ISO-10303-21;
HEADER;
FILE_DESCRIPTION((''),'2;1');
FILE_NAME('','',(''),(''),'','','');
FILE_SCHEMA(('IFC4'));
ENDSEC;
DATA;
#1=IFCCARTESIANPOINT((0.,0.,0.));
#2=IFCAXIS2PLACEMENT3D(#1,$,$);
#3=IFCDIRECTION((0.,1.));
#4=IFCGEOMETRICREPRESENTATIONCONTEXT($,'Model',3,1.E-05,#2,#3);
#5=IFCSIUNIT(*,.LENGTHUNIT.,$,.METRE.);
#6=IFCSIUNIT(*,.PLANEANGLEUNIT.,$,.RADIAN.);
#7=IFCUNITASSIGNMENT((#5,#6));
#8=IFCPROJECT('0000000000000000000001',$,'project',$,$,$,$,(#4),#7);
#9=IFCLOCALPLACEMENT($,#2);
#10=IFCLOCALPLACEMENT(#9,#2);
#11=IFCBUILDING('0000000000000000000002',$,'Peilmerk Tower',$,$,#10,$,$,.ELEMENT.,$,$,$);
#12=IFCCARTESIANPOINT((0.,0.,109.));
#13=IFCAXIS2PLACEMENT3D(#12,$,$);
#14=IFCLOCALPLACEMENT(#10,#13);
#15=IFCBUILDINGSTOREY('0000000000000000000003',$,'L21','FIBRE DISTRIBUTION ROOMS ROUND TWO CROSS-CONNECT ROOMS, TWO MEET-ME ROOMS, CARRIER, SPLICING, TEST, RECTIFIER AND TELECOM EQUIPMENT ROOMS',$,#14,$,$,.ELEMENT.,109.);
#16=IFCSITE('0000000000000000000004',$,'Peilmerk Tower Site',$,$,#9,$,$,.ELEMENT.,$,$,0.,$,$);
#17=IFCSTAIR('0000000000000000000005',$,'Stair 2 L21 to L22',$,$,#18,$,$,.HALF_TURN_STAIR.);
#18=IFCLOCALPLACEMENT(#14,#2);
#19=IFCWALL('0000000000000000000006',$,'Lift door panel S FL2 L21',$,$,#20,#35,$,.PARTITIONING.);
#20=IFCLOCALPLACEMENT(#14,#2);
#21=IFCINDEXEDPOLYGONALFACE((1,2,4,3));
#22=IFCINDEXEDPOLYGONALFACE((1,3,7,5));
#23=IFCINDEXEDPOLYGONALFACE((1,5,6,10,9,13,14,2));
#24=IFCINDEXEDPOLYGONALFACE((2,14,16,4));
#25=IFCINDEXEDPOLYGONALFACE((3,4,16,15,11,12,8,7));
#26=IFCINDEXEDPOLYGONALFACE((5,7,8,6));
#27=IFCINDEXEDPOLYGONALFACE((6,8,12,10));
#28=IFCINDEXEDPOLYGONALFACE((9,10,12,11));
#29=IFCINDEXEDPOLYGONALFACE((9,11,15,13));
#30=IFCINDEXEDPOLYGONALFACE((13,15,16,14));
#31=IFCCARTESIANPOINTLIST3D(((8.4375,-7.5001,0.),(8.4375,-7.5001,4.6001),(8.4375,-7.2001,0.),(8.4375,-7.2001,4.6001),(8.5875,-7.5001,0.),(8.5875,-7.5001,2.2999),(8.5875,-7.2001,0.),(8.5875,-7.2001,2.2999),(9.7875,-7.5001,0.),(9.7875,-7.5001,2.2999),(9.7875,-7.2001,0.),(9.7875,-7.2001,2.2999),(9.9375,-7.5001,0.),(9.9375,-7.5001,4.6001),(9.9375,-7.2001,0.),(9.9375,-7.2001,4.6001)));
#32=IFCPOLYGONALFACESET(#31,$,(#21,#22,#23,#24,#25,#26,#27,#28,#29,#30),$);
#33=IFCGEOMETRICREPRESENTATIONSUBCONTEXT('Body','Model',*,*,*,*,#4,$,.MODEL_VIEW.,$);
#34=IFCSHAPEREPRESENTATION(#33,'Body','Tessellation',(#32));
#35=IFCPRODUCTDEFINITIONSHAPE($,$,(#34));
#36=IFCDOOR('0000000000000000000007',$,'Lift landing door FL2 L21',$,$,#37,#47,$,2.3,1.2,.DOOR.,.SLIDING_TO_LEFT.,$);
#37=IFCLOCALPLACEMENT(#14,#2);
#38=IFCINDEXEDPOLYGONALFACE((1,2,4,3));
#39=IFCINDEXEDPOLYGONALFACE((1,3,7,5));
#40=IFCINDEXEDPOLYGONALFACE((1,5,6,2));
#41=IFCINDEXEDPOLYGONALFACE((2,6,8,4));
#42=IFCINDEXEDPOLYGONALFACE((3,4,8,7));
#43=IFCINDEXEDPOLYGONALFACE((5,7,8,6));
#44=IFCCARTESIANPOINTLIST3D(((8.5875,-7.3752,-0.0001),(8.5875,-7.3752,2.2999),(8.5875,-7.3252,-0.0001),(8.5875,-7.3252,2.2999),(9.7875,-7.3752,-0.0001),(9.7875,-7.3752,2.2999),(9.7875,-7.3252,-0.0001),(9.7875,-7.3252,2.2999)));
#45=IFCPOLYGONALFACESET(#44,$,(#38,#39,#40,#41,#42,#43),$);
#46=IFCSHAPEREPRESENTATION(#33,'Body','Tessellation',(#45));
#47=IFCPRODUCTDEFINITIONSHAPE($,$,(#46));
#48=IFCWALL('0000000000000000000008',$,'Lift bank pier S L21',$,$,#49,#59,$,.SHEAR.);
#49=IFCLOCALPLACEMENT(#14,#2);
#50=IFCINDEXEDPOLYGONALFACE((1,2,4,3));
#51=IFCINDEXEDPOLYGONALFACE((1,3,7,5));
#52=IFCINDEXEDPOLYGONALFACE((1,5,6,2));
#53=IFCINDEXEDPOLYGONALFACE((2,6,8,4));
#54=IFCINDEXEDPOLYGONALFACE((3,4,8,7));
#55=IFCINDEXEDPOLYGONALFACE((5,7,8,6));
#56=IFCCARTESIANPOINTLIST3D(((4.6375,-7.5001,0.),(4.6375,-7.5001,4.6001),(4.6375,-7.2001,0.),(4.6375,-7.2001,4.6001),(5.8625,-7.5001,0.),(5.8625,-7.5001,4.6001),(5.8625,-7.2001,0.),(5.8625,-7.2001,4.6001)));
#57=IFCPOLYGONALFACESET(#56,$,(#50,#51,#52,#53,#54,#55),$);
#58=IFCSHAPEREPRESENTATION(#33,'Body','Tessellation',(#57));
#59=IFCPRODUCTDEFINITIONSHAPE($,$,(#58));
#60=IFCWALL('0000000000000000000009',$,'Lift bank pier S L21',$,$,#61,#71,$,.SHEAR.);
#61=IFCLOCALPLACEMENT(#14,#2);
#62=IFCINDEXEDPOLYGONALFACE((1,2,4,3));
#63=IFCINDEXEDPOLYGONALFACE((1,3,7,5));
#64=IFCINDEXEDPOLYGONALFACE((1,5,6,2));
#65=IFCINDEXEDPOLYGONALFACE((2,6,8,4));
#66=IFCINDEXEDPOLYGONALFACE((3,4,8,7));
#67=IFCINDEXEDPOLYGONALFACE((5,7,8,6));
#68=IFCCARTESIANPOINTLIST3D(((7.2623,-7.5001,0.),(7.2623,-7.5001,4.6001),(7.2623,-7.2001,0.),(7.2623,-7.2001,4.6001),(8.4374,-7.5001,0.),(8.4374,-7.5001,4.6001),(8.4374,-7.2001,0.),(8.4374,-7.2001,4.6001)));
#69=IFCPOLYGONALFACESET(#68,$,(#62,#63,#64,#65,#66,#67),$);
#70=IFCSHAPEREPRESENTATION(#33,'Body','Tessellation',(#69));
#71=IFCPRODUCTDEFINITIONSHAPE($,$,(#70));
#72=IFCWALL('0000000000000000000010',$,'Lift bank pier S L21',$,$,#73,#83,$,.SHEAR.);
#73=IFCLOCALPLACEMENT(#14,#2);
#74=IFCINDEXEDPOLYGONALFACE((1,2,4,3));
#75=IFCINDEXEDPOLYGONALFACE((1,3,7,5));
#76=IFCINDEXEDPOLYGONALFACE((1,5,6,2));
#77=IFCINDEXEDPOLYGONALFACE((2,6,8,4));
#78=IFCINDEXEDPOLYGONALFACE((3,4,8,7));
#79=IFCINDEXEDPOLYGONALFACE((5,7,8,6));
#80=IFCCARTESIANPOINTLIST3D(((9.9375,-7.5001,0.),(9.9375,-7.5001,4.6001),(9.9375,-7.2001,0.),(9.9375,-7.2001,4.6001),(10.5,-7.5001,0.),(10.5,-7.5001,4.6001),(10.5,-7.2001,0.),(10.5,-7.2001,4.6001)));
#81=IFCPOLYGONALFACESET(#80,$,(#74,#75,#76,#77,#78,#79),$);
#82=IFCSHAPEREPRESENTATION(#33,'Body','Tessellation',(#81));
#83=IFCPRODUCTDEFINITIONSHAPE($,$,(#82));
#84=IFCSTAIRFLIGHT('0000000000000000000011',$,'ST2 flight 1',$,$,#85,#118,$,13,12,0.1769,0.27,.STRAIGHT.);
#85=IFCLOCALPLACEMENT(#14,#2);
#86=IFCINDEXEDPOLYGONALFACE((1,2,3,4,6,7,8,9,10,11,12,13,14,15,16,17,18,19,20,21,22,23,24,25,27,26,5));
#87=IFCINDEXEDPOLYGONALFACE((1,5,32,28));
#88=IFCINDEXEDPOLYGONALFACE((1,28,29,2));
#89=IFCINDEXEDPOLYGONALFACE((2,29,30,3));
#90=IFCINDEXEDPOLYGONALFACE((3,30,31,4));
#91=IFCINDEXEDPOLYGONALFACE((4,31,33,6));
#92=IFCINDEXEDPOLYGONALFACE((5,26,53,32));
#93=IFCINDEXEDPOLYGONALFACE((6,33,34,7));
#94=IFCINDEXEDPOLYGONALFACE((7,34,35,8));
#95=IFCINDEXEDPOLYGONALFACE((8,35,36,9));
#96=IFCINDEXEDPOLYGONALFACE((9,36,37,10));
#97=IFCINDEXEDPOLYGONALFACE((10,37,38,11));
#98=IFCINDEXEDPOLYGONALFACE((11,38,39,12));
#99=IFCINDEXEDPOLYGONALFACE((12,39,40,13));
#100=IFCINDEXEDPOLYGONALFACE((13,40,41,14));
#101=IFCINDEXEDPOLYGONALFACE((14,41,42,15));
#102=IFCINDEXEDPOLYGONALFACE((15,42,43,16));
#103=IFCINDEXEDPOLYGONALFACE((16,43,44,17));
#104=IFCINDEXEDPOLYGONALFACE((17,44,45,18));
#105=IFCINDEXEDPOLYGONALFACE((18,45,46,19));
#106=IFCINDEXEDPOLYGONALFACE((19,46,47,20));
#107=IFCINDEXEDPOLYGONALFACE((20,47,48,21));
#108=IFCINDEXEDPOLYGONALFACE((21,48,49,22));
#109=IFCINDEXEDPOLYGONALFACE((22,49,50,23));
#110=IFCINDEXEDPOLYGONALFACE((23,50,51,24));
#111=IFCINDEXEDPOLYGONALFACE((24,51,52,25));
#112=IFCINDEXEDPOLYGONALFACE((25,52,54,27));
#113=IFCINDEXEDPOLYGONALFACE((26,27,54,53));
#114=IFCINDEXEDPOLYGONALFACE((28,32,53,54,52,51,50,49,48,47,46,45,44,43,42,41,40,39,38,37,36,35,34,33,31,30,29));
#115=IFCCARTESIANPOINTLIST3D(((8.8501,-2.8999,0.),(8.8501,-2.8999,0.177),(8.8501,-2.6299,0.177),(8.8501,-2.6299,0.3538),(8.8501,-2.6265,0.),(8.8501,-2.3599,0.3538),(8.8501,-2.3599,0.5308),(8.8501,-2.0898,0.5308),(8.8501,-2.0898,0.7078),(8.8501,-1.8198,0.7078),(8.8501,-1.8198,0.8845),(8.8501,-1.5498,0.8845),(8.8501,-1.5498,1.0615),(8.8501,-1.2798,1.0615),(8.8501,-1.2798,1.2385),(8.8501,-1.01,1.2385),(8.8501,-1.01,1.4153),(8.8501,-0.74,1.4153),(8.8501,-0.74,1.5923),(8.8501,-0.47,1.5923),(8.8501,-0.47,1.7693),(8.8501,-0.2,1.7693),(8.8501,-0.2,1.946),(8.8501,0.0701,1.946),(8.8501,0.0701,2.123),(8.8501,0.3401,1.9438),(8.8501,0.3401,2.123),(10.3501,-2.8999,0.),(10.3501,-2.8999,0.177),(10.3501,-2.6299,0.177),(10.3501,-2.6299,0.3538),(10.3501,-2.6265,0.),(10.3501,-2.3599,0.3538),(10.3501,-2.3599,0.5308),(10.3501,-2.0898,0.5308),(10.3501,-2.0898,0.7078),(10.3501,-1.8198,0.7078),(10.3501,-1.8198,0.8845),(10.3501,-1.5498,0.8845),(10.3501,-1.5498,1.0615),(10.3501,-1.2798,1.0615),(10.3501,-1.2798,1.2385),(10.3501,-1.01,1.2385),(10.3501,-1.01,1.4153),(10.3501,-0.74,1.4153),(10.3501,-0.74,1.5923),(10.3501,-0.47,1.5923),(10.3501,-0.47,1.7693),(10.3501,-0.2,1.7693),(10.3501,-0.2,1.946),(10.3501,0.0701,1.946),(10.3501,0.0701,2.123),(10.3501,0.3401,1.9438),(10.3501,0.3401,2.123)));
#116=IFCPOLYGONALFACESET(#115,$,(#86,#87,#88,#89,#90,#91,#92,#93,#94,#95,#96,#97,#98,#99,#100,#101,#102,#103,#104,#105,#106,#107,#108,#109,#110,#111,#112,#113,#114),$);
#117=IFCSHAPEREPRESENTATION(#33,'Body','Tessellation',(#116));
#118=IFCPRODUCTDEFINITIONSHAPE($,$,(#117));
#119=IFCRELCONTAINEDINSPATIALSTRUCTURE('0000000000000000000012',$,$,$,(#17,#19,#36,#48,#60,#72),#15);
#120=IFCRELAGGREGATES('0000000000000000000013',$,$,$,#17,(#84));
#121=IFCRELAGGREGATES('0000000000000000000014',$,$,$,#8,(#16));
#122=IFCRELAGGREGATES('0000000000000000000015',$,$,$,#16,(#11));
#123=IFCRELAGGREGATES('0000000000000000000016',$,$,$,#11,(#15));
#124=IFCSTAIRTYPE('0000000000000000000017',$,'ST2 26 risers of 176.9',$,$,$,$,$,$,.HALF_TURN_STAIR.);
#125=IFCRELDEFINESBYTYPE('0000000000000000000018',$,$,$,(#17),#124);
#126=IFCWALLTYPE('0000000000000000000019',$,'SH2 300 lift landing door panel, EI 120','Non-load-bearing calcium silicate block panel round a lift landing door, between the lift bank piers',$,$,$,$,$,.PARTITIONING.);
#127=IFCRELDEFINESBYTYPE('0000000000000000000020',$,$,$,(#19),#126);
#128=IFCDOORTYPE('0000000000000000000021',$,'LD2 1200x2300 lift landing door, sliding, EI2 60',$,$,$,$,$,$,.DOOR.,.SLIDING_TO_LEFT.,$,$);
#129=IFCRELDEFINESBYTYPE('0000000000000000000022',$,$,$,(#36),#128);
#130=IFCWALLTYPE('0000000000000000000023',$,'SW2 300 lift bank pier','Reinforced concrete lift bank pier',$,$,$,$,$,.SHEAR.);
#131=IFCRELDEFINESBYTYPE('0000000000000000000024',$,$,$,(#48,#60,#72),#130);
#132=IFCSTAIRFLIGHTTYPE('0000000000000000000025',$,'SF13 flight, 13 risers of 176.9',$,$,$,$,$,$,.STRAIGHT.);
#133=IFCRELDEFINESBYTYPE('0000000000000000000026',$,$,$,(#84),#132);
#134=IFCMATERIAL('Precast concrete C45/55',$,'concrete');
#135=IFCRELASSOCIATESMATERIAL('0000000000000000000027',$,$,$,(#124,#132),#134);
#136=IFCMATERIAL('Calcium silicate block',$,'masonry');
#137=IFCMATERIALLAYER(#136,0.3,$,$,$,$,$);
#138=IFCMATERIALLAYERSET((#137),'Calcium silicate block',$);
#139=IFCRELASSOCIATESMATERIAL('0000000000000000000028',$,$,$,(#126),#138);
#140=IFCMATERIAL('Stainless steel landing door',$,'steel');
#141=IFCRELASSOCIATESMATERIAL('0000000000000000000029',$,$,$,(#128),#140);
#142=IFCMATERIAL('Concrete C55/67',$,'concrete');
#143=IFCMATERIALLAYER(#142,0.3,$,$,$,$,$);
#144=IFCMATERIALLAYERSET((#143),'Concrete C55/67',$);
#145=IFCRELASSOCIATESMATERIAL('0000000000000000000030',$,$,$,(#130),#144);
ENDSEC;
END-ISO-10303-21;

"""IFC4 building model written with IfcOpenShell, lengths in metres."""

from ifc_helpers import new_model, si_unit, direction, frame, frame_2d, origin, place, context, subcontext, project, spatial, polyline, rectangle, outline, extrude, material, layer, layer_set, type_object, element, fill, aggregate, save


model = new_model("IFC4")

# Units and contexts
model_context = context("Model", 3, precision=1e-05, world=origin(), true_north=direction((0.0, 1.0)))
body_context = subcontext(model_context, "Body", "Model", "MODEL_VIEW")
ifc_project = project(units=[si_unit("LENGTHUNIT", "METRE"), si_unit("PLANEANGLEUNIT", "RADIAN")], contexts=[model_context])

# Site, building, storey
site_placement = place(None, origin())
site = spatial("IfcSite", under=ifc_project, at=site_placement, Name="Peilmerk Tower Site", CompositionType="ELEMENT", RefElevation=0.0)
building_placement = place(site_placement, origin())
building = spatial("IfcBuilding", under=site, at=building_placement, Name="Peilmerk Tower", CompositionType="ELEMENT")
storey_placement = place(building_placement, frame((0.0, 0.0, 109.0)))
storey = spatial("IfcBuildingStorey", under=building, at=storey_placement, Name="L21", Description="FIBRE DISTRIBUTION ROOMS ROUND TWO CROSS-CONNECT ROOMS, TWO MEET-ME ROOMS, CARRIER, SPLICING, TEST, RECTIFIER AND TELECOM EQUIPMENT ROOMS", CompositionType="ELEMENT", Elevation=109.0)

# Stair
ifc_material_1 = material(Name="Precast concrete C45/55", Category="concrete")
stair_type_1 = type_object("IfcStairType", Name="ST2 26 risers of 176.9", PredefinedType="HALF_TURN_STAIR", material=ifc_material_1)
stair_1_placement = place(storey_placement, origin())
stair_1 = element("IfcStair", 1, at=stair_1_placement, inside=storey, type_object=stair_type_1, Name="Stair 2 L21 to L22", PredefinedType="HALF_TURN_STAIR")

# Wall, opening, door
ifc_material_2 = material(Name="Calcium silicate block", Category="masonry")
ifc_layer_1 = layer(ifc_material_2, 0.3)
ifc_layer_set_1 = layer_set([ifc_layer_1], Name="Calcium silicate block")
wall_type_1 = type_object("IfcWallType", Name="SH2 300 lift landing door panel, EI 120", Description="Non-load-bearing calcium silicate block panel round a lift landing door, between the lift bank piers", PredefinedType="PARTITIONING", material=ifc_layer_set_1)
wall_1_placement = place(storey_placement, frame((8.4375, -7.3501, 0.0), z_axis=(0.0, 0.0, 1.0), x_axis=(1.0, 0.0, 0.0)))
wall_1 = element("IfcWall", 2, at=wall_1_placement, inside=storey, type_object=wall_type_1, Name="Lift door panel S FL2 L21", PredefinedType="PARTITIONING", context=body_context, shape_type="SweptSolid", body=[
    extrude(rectangle(XDim=1.5, YDim=0.3, at=frame_2d((0.75, 0.0))), origin(), (0.0, 0.0, 1.0), 4.6001),
])
opening_1_placement = place(wall_1_placement, frame((0.1499, 0.0, 0.0)))
opening_1 = element("IfcOpeningElement", 3, at=opening_1_placement, cuts=wall_1, PredefinedType="OPENING", context=body_context, shape_type="SweptSolid", body=[
    extrude(rectangle(XDim=1.2, YDim=2.3, at=frame_2d((0.6001, 1.1499))), frame((0.0, 0.1599, 0.0), z_axis=(0.0, -1.0, 0.0), x_axis=(1.0, 0.0, 0.0)), (0.0, 0.0, 1.0), 0.3201),
])
ifc_material_3 = material(Name="Stainless steel landing door", Category="steel")
door_type_1 = type_object("IfcDoorType", Name="LD2 1200x2300 lift landing door, sliding, EI2 60", OperationType="SLIDING_TO_LEFT", PredefinedType="DOOR", material=ifc_material_3)
door_1_placement = place(opening_1_placement, origin())
door_1 = element("IfcDoor", 4, at=door_1_placement, inside=storey, type_object=door_type_1, Name="Lift landing door FL2 L21", OperationType="SLIDING_TO_LEFT", OverallHeight=2.3, OverallWidth=1.2, PredefinedType="DOOR", context=body_context, shape_type="SweptSolid", body=[
    extrude(rectangle(XDim=1.2, YDim=2.3, at=frame_2d((0.6001, 1.1499))), frame((0.0, 0.0249, 0.0), z_axis=(0.0, -1.0, 0.0), x_axis=(1.0, 0.0, 0.0)), (0.0, 0.0, 1.0), 0.05),
])
fill(opening_1, door_1)

# Walls
ifc_material_4 = material(Name="Concrete C55/67", Category="concrete")
ifc_layer_2 = layer(ifc_material_4, 0.3)
ifc_layer_set_2 = layer_set([ifc_layer_2], Name="Concrete C55/67")
wall_type_2 = type_object("IfcWallType", Name="SW2 300 lift bank pier", Description="Reinforced concrete lift bank pier", PredefinedType="SHEAR", material=ifc_layer_set_2)
wall_2_placement = place(storey_placement, frame((4.6375, -7.3501, 0.0), z_axis=(0.0, 0.0, 1.0), x_axis=(1.0, 0.0, 0.0)))
element("IfcWall", 5, at=wall_2_placement, inside=storey, type_object=wall_type_2, Name="Lift bank pier S L21", PredefinedType="SHEAR", context=body_context, shape_type="SweptSolid", body=[
    extrude(rectangle(XDim=1.2251, YDim=0.3, at=frame_2d((0.6125, 0.0))), origin(), (0.0, 0.0, 1.0), 4.6001),
])
wall_3_placement = place(storey_placement, frame((7.2625, -7.3501, 0.0), z_axis=(0.0, 0.0, 1.0), x_axis=(1.0, 0.0, 0.0)))
element("IfcWall", 6, at=wall_3_placement, inside=storey, type_object=wall_type_2, Name="Lift bank pier S L21", PredefinedType="SHEAR", context=body_context, shape_type="SweptSolid", body=[
    extrude(rectangle(XDim=1.175, YDim=0.3, at=frame_2d((0.5874, 0.0))), origin(), (0.0, 0.0, 1.0), 4.6001),
])
wall_4_placement = place(storey_placement, frame((9.9375, -7.3501, 0.0), z_axis=(0.0, 0.0, 1.0), x_axis=(1.0, 0.0, 0.0)))
element("IfcWall", 7, at=wall_4_placement, inside=storey, type_object=wall_type_2, Name="Lift bank pier S L21", PredefinedType="SHEAR", context=body_context, shape_type="SweptSolid", body=[
    extrude(rectangle(XDim=0.5625, YDim=0.3, at=frame_2d((0.2812, 0.0))), origin(), (0.0, 0.0, 1.0), 4.6001),
])

# Stair flight
stair_flight_type = type_object("IfcStairFlightType", Name="SF13 flight, 13 risers of 176.9", PredefinedType="STRAIGHT", material=ifc_material_1)
stair_flight_placement = place(storey_placement, frame((9.6001, -2.8999, 0.0), z_axis=(0.0, 0.0, 1.0), x_axis=(0.0, 1.0, 0.0)))
stair_flight = element("IfcStairFlight", 8, at=stair_flight_placement, type_object=stair_flight_type, Name="ST2 flight 1", NumberOfRisers=13, NumberOfTreads=12, PredefinedType="STRAIGHT", RiserHeight=0.1769, TreadLength=0.27, context=body_context, shape_type="SweptSolid", body=[
    extrude(outline(polyline([(0.0, 0.0), (0.0, 0.177), (0.27, 0.177), (0.27, 0.3538), (0.54, 0.3538), (0.54, 0.5308), (0.8101, 0.5308), (0.8101, 0.7078), (1.0801, 0.7078), (1.0801, 0.8845), (1.3501, 0.8845), (1.3501, 1.0615), (1.6201, 1.0615), (1.6201, 1.2385), (1.8899, 1.2385), (1.8899, 1.4153), (2.1599, 1.4153), (2.1599, 1.5923), (2.4299, 1.5923), (2.4299, 1.7693), (2.7, 1.7693), (2.7, 1.946), (2.97, 1.946), (2.97, 2.123), (3.24, 2.123), (3.24, 2.3), (3.24, 1.9438), (0.2734, 0.0), (0.0, 0.0)])), frame((0.0, 0.75, 0.0), z_axis=(0.0, -1.0, 0.0), x_axis=(1.0, 0.0, 0.0)), (0.0, 0.0, 1.0), 1.5),
])
aggregate(stair_1, [stair_flight])

save(model, "model.ifc")
